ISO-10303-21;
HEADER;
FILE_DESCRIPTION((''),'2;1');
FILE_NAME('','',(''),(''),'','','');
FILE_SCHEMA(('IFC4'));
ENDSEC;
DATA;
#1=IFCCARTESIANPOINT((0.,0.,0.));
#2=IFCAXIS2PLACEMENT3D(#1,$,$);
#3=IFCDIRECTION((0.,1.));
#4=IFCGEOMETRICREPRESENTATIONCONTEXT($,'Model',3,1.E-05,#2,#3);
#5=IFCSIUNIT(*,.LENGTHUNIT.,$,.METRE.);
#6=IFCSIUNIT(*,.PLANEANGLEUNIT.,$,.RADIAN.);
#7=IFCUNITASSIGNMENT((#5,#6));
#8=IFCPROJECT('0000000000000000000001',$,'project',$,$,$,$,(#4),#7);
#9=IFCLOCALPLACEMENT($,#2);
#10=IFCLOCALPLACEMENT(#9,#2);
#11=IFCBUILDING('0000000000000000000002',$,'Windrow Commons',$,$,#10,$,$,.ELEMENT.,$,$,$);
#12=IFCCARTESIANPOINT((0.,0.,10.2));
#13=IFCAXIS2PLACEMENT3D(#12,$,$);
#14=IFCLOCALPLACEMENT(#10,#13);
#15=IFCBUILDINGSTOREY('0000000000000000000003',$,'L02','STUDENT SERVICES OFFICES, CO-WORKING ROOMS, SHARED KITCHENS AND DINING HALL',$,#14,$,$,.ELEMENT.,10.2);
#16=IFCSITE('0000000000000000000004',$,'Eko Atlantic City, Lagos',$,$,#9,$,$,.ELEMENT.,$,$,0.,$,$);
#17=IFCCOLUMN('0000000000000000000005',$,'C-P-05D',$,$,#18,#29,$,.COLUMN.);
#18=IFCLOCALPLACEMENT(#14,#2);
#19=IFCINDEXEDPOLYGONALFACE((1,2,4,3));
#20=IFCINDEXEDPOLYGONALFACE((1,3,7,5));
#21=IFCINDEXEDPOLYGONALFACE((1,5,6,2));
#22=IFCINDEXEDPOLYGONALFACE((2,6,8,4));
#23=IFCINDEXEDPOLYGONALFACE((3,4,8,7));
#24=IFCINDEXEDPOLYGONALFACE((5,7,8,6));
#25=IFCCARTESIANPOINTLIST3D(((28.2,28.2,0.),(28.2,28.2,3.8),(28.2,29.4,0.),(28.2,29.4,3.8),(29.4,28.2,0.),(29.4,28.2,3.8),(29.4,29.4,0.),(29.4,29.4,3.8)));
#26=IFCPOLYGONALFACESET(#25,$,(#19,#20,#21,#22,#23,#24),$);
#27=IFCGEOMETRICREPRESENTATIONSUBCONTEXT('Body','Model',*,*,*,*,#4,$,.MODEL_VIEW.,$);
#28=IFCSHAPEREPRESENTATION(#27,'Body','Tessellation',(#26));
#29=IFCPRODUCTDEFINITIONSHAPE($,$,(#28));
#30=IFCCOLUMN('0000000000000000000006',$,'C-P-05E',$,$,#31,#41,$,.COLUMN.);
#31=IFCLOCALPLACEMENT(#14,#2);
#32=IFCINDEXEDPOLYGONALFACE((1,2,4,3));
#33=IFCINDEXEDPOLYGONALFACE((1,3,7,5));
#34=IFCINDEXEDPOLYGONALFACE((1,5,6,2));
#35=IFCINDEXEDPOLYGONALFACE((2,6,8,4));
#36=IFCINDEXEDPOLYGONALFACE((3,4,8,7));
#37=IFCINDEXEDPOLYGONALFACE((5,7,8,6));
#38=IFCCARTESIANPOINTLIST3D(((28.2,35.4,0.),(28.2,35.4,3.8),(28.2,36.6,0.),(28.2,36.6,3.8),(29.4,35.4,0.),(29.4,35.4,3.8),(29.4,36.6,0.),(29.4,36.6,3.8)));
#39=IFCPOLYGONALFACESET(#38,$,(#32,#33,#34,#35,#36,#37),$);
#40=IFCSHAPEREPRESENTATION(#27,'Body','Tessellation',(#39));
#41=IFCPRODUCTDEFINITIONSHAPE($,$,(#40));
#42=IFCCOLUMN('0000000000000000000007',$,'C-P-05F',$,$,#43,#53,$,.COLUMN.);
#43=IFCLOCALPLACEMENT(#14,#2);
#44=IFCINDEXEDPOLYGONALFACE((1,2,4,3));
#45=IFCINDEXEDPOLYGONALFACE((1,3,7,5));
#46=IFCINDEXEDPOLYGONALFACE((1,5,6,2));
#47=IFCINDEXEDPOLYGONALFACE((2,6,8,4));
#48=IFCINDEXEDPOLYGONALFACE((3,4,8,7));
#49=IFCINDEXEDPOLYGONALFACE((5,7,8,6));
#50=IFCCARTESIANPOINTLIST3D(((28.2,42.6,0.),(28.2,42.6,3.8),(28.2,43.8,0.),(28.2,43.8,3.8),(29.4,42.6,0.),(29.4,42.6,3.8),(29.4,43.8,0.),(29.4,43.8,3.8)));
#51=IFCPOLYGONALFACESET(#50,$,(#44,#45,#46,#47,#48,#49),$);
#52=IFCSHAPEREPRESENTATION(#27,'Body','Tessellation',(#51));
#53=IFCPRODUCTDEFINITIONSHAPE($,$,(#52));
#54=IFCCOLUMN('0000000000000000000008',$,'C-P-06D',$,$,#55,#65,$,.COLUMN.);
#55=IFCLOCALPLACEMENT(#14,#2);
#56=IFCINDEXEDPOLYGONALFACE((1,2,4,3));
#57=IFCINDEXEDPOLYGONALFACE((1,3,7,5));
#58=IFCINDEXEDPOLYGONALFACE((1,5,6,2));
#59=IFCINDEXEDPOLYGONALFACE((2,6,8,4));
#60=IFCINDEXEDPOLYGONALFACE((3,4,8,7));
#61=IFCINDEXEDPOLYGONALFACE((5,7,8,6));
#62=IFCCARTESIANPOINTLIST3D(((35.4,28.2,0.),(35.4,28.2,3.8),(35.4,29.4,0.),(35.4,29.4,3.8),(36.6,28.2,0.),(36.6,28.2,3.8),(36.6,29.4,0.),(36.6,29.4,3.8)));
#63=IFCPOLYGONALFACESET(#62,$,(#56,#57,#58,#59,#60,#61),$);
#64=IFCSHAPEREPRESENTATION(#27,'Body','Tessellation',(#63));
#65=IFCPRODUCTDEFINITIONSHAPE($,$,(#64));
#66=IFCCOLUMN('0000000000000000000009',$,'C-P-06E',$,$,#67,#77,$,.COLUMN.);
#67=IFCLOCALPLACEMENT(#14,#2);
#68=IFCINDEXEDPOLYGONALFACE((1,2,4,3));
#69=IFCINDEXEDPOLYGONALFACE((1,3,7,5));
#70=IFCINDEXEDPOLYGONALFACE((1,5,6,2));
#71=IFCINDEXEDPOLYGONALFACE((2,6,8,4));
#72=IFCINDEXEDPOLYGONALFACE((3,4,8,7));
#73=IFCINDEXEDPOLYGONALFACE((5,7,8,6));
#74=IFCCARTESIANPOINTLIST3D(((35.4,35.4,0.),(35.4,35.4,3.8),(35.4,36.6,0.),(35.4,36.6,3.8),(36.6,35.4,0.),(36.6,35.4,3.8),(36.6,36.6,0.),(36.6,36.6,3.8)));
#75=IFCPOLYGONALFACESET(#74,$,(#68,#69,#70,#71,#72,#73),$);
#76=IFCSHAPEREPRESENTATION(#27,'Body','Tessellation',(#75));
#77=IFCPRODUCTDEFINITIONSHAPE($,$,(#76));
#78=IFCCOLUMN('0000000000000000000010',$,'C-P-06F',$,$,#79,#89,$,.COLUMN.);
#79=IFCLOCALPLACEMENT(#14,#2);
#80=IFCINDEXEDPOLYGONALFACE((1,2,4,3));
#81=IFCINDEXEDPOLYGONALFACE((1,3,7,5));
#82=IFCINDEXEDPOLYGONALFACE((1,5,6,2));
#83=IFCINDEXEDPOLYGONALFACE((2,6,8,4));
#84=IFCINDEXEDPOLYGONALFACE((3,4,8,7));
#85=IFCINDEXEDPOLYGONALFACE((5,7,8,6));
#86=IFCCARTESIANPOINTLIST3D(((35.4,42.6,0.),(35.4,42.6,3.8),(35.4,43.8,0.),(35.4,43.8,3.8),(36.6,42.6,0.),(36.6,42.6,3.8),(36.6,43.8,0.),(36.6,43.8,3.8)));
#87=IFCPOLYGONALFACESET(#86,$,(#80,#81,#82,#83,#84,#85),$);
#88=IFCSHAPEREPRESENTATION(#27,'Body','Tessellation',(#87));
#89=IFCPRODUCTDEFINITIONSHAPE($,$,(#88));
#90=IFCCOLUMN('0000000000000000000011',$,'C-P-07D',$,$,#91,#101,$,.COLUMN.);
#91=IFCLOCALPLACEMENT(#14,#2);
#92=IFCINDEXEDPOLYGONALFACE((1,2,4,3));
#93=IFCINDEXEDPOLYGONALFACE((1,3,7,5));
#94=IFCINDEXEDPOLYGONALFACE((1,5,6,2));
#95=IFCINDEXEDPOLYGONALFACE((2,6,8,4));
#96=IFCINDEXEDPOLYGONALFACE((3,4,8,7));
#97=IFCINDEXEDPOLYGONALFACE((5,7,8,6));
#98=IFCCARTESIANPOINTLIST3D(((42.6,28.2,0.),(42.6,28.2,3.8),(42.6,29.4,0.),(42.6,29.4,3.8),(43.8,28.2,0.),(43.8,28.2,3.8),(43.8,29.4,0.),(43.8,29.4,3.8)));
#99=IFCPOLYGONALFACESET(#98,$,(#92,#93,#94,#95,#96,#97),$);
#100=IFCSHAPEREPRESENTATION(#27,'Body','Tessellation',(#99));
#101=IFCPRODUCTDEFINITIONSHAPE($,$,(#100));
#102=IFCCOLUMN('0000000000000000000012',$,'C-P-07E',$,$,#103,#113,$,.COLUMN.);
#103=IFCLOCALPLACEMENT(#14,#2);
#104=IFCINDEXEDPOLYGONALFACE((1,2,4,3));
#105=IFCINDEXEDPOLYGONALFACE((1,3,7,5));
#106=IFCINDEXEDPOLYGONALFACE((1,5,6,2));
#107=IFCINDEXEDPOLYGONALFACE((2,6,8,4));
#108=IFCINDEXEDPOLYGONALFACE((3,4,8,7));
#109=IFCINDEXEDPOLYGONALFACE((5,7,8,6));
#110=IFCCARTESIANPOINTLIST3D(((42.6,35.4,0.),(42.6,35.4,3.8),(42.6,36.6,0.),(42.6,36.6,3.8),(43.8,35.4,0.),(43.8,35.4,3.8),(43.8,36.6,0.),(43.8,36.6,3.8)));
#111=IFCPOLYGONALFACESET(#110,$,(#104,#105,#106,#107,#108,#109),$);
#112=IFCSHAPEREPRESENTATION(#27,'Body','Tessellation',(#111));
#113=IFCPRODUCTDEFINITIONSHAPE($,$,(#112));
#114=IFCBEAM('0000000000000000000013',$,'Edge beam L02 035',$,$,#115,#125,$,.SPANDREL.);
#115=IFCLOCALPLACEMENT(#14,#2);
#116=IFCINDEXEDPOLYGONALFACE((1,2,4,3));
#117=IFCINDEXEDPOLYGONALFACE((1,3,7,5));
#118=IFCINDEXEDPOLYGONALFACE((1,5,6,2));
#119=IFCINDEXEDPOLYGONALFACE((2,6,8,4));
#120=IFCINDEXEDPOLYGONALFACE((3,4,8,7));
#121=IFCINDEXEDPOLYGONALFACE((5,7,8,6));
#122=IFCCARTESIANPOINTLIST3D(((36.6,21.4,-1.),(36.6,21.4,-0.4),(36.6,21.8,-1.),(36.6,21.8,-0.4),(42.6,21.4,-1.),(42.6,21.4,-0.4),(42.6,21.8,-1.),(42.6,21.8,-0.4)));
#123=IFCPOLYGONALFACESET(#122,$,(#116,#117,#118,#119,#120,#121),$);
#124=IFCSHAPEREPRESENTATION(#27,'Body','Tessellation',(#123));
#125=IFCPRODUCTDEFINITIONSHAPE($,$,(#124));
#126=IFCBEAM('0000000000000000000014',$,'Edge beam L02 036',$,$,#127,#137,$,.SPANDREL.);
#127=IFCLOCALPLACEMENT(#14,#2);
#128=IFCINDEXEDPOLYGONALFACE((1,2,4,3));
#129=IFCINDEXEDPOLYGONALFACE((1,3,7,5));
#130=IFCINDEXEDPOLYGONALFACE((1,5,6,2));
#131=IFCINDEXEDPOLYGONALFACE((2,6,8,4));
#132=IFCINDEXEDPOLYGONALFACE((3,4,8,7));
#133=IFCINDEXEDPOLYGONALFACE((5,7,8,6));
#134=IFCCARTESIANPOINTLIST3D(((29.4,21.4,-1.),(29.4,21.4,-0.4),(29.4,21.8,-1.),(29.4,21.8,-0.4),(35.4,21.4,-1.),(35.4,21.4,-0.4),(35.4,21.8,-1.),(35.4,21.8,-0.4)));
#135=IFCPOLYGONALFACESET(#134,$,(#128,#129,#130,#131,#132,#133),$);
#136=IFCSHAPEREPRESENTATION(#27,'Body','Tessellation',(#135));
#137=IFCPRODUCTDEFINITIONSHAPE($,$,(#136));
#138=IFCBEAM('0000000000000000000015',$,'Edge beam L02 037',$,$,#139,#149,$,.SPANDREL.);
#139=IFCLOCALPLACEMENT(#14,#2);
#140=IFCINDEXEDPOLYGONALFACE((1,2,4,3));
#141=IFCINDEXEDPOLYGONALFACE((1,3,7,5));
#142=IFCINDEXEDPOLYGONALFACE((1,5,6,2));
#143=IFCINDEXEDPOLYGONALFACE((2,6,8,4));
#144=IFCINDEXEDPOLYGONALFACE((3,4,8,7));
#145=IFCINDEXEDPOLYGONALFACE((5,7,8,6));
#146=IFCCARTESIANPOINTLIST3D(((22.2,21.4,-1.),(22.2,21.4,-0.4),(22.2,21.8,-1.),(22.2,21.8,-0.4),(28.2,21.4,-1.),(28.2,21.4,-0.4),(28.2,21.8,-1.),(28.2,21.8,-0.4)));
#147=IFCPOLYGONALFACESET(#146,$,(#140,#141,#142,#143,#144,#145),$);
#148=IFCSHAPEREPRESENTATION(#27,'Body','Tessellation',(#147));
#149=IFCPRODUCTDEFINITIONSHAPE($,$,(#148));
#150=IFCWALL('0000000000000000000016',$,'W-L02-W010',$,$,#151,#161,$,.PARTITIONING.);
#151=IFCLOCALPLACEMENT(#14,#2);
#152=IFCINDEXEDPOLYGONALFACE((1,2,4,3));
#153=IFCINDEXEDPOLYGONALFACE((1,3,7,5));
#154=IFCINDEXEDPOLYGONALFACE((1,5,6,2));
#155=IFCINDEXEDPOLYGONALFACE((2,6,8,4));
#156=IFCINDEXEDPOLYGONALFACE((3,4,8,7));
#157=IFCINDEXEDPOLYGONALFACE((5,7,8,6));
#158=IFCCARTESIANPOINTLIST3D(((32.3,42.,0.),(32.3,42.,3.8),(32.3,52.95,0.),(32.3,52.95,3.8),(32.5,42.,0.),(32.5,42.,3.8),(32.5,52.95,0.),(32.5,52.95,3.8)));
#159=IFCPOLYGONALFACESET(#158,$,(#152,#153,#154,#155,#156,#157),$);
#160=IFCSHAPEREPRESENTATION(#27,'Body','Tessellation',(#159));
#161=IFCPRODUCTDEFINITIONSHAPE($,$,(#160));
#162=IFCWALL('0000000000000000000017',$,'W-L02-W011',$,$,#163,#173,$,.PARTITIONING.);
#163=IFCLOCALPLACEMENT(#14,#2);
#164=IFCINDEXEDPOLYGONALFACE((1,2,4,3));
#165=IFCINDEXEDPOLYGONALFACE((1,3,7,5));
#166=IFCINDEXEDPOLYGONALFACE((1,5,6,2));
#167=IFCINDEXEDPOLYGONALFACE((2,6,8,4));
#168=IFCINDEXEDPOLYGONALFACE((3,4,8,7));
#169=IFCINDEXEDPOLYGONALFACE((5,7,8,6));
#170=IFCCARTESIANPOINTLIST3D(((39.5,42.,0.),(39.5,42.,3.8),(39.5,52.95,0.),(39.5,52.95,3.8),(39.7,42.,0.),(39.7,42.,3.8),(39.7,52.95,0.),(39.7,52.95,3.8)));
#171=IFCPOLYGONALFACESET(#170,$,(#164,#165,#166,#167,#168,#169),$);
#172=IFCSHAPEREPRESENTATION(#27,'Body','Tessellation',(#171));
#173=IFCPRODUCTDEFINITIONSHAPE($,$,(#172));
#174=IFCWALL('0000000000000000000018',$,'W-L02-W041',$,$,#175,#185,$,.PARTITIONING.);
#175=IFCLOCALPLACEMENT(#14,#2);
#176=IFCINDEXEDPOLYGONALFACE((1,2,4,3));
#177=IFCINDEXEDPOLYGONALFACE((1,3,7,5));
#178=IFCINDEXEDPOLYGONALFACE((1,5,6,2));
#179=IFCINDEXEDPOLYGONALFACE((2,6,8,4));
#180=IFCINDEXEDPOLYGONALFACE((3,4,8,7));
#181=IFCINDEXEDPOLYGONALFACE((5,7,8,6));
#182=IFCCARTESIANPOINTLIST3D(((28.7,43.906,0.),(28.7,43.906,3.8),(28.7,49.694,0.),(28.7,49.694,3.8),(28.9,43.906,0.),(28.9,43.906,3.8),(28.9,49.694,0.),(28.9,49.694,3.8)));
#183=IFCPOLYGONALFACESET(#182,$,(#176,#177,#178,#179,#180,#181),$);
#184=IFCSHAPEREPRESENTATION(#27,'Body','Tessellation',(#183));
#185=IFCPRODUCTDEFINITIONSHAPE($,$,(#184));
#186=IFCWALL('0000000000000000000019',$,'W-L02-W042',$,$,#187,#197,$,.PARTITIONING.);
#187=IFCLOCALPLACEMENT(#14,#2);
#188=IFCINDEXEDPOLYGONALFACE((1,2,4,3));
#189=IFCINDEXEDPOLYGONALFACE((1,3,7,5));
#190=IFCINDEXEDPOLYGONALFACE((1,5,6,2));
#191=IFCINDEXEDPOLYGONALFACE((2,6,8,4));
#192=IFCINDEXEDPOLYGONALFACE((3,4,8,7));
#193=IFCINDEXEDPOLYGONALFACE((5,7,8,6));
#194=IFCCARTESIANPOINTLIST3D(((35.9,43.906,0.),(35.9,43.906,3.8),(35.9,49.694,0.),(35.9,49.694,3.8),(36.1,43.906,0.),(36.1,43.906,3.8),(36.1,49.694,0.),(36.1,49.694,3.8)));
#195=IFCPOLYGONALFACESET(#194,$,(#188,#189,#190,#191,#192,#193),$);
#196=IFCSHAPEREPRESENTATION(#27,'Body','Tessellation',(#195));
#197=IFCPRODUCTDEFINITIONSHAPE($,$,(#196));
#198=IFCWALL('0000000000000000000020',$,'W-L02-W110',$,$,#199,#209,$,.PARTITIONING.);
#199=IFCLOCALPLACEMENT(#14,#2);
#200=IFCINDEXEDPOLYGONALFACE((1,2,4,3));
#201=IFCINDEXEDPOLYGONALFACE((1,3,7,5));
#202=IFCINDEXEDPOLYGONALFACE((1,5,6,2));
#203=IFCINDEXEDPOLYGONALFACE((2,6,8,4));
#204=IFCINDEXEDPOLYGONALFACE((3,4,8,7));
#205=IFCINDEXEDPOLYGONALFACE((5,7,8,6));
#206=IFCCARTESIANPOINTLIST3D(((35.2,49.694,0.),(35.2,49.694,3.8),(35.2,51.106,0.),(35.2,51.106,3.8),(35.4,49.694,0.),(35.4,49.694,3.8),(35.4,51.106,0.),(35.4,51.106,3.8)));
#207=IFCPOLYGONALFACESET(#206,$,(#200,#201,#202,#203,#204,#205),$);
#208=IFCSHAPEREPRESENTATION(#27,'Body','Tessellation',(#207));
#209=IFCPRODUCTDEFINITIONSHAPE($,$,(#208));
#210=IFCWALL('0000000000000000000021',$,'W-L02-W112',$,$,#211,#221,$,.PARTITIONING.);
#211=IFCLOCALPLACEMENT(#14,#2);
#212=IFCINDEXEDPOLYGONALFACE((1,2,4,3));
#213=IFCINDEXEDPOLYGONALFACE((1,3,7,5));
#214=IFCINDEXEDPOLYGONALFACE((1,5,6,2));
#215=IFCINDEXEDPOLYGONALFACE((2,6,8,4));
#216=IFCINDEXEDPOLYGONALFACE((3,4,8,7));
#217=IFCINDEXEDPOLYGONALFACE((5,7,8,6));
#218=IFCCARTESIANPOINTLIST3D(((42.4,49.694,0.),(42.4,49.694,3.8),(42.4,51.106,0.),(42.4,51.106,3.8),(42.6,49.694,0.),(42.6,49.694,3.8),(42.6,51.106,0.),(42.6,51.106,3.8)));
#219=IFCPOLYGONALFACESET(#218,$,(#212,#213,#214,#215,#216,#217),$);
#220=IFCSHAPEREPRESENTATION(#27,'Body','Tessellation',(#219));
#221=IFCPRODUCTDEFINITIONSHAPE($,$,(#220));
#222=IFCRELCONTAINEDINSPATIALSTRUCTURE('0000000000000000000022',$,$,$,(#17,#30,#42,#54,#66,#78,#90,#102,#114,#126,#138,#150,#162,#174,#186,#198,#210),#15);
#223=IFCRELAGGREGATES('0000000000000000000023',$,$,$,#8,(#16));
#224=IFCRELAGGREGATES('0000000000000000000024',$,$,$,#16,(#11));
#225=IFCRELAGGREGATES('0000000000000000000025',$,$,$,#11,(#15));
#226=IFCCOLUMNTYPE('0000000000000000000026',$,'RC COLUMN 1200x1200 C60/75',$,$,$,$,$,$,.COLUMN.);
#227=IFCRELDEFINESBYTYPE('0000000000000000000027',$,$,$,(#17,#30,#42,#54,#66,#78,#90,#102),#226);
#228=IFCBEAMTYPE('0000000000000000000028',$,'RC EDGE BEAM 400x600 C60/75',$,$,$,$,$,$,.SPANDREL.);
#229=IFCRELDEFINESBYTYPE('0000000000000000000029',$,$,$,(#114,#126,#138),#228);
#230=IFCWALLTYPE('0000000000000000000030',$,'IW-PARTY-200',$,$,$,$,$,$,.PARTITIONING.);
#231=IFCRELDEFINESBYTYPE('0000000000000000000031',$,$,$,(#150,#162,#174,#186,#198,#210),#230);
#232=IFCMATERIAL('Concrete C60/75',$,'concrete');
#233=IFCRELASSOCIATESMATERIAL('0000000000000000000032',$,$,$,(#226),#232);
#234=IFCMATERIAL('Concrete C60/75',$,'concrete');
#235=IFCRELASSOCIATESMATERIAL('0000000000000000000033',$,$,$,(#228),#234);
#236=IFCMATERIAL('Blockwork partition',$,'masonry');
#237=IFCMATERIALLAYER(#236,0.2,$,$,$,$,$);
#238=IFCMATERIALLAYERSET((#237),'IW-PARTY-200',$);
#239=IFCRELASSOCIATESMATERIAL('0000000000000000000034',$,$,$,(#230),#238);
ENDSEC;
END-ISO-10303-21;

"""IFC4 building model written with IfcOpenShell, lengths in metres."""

from ifc_helpers import new_model, si_unit, direction, frame, frame_2d, origin, origin_2d, place, context, subcontext, project, spatial, rectangle, extrude, material, layer, layer_set, material_profile, profile_set, type_object, element, save


model = new_model("IFC4")

# Units and contexts
model_context = context("Model", 3, precision=1e-05, world=origin(), true_north=direction((0.0, 1.0)))
body_context = subcontext(model_context, "Body", "Model", "MODEL_VIEW")
ifc_project = project(units=[si_unit("LENGTHUNIT", "METRE"), si_unit("PLANEANGLEUNIT", "RADIAN")], contexts=[model_context])

# Site, building, storey
site_placement = place(None, origin())
site = spatial("IfcSite", under=ifc_project, at=site_placement, Name="Eko Atlantic City, Lagos", CompositionType="ELEMENT", RefElevation=0.0)
building_placement = place(site_placement, origin())
building = spatial("IfcBuilding", under=site, at=building_placement, Name="Windrow Commons", CompositionType="ELEMENT")
storey_placement = place(building_placement, frame((0.0, 0.0, 10.2)))
storey = spatial("IfcBuildingStorey", under=building, at=storey_placement, Name="L02", Description="STUDENT SERVICES OFFICES, CO-WORKING ROOMS, SHARED KITCHENS AND DINING HALL", CompositionType="ELEMENT", Elevation=10.2)

# Columns
ifc_material_1 = material(Name="Concrete C60/75", Category="concrete")
ifc_material_profile_1 = material_profile(ifc_material_1, rectangle(XDim=1.2, YDim=1.2, at=origin_2d()))
ifc_profile_set_1 = profile_set([ifc_material_profile_1], Name="Concrete C60/75")
column_type = type_object("IfcColumnType", Name="RC COLUMN 1200x1200 C60/75", PredefinedType="COLUMN", material=ifc_profile_set_1)
for number, where, z_axis, x_axis, name in (
    (1, (28.8, 28.8, 0.0), (0.0, 0.0, 1.0), (1.0, 0.0, 0.0), "C-P-05D"),
    (2, (28.8, 36.0, 0.0), (0.0, 0.0, 1.0), (1.0, 0.0, 0.0), "C-P-05E"),
    (3, (28.8, 43.2, 0.0), (0.0, 0.0, 1.0), (1.0, 0.0, 0.0), "C-P-05F"),
    (4, (36.0, 28.8, 0.0), (0.0, 0.0, 1.0), (1.0, 0.0, 0.0), "C-P-06D"),
    (5, (36.0, 36.0, 0.0), (0.0, 0.0, 1.0), (1.0, 0.0, 0.0), "C-P-06E"),
    (6, (36.0, 43.2, 0.0), (0.0, 0.0, 1.0), (1.0, 0.0, 0.0), "C-P-06F"),
    (7, (43.2, 28.8, 0.0), (0.0, 0.0, 1.0), (1.0, 0.0, 0.0), "C-P-07D"),
    (8, (43.2, 36.0, 0.0), (0.0, 0.0, 1.0), (1.0, 0.0, 0.0), "C-P-07E"),
):
    element("IfcColumn", number, at=place(storey_placement, frame(where, z_axis=z_axis, x_axis=x_axis)), inside=storey, type_object=column_type, Name=name, PredefinedType="COLUMN", context=body_context, shape_type="SweptSolid", body=[
        extrude(rectangle(XDim=1.2, YDim=1.2, at=origin_2d()), origin(), (0.0, 0.0, 1.0), 3.8),
    ])

# Beams
ifc_material_2 = material(Name="Concrete C60/75", Category="concrete")
ifc_material_profile_2 = material_profile(ifc_material_2, rectangle(XDim=0.4, YDim=0.6, at=origin_2d()))
ifc_profile_set_2 = profile_set([ifc_material_profile_2], Name="Concrete C60/75")
beam_type = type_object("IfcBeamType", Name="RC EDGE BEAM 400x600 C60/75", PredefinedType="SPANDREL", material=ifc_profile_set_2)
for number, where, z_axis, x_axis, name in (
    (9, (42.6, 21.6, -0.7), (-1.0, 0.0, 0.0), (0.0, -1.0, 0.0), "Edge beam L02 035"),
    (10, (35.4, 21.6, -0.7), (-1.0, 0.0, 0.0), (0.0, -1.0, 0.0), "Edge beam L02 036"),
    (11, (28.2, 21.6, -0.7), (-1.0, 0.0, 0.0), (0.0, -1.0, 0.0), "Edge beam L02 037"),
):
    element("IfcBeam", number, at=place(storey_placement, frame(where, z_axis=z_axis, x_axis=x_axis)), inside=storey, type_object=beam_type, Name=name, PredefinedType="SPANDREL", context=body_context, shape_type="SweptSolid", body=[
        extrude(rectangle(XDim=0.4, YDim=0.6, at=origin_2d()), origin(), (0.0, 0.0, 1.0), 6.0),
    ])

# Walls
ifc_material_3 = material(Name="Blockwork partition", Category="masonry")
ifc_layer = layer(ifc_material_3, 0.2)
ifc_layer_set = layer_set([ifc_layer], Name="IW-PARTY-200")
wall_type = type_object("IfcWallType", Name="IW-PARTY-200", PredefinedType="PARTITIONING", material=ifc_layer_set)
for number, where, z_axis, x_axis, name in (
    (12, (32.4, 42.0, 0.0), (0.0, 0.0, 1.0), (0.0, 1.0, 0.0), "W-L02-W010"),
    (13, (39.6, 42.0, 0.0), (0.0, 0.0, 1.0), (0.0, 1.0, 0.0), "W-L02-W011"),
):
    element("IfcWall", number, at=place(storey_placement, frame(where, z_axis=z_axis, x_axis=x_axis)), inside=storey, type_object=wall_type, Name=name, PredefinedType="PARTITIONING", context=body_context, shape_type="SweptSolid", body=[
        extrude(rectangle(XDim=10.95, YDim=0.2, at=frame_2d((5.475, 0.0))), origin(), (0.0, 0.0, 1.0), 3.8),
    ])
for number, where, z_axis, x_axis, name in (
    (14, (28.8, 43.906, 0.0), (0.0, 0.0, 1.0), (0.0, 1.0, 0.0), "W-L02-W041"),
    (15, (36.0, 43.906, 0.0), (0.0, 0.0, 1.0), (0.0, 1.0, 0.0), "W-L02-W042"),
):
    element("IfcWall", number, at=place(storey_placement, frame(where, z_axis=z_axis, x_axis=x_axis)), inside=storey, type_object=wall_type, Name=name, PredefinedType="PARTITIONING", context=body_context, shape_type="SweptSolid", body=[
        extrude(rectangle(XDim=5.788, YDim=0.2, at=frame_2d((2.894, 0.0))), origin(), (0.0, 0.0, 1.0), 3.8),
    ])
for number, where, z_axis, x_axis, name in (
    (16, (35.3, 49.694, 0.0), (0.0, 0.0, 1.0), (0.0, 1.0, 0.0), "W-L02-W110"),
    (17, (42.5, 49.694, 0.0), (0.0, 0.0, 1.0), (0.0, 1.0, 0.0), "W-L02-W112"),
):
    element("IfcWall", number, at=place(storey_placement, frame(where, z_axis=z_axis, x_axis=x_axis)), inside=storey, type_object=wall_type, Name=name, PredefinedType="PARTITIONING", context=body_context, shape_type="SweptSolid", body=[
        extrude(rectangle(XDim=1.412, YDim=0.2, at=frame_2d((0.706, 0.0))), origin(), (0.0, 0.0, 1.0), 3.8),
    ])

save(model, "model.ifc")
